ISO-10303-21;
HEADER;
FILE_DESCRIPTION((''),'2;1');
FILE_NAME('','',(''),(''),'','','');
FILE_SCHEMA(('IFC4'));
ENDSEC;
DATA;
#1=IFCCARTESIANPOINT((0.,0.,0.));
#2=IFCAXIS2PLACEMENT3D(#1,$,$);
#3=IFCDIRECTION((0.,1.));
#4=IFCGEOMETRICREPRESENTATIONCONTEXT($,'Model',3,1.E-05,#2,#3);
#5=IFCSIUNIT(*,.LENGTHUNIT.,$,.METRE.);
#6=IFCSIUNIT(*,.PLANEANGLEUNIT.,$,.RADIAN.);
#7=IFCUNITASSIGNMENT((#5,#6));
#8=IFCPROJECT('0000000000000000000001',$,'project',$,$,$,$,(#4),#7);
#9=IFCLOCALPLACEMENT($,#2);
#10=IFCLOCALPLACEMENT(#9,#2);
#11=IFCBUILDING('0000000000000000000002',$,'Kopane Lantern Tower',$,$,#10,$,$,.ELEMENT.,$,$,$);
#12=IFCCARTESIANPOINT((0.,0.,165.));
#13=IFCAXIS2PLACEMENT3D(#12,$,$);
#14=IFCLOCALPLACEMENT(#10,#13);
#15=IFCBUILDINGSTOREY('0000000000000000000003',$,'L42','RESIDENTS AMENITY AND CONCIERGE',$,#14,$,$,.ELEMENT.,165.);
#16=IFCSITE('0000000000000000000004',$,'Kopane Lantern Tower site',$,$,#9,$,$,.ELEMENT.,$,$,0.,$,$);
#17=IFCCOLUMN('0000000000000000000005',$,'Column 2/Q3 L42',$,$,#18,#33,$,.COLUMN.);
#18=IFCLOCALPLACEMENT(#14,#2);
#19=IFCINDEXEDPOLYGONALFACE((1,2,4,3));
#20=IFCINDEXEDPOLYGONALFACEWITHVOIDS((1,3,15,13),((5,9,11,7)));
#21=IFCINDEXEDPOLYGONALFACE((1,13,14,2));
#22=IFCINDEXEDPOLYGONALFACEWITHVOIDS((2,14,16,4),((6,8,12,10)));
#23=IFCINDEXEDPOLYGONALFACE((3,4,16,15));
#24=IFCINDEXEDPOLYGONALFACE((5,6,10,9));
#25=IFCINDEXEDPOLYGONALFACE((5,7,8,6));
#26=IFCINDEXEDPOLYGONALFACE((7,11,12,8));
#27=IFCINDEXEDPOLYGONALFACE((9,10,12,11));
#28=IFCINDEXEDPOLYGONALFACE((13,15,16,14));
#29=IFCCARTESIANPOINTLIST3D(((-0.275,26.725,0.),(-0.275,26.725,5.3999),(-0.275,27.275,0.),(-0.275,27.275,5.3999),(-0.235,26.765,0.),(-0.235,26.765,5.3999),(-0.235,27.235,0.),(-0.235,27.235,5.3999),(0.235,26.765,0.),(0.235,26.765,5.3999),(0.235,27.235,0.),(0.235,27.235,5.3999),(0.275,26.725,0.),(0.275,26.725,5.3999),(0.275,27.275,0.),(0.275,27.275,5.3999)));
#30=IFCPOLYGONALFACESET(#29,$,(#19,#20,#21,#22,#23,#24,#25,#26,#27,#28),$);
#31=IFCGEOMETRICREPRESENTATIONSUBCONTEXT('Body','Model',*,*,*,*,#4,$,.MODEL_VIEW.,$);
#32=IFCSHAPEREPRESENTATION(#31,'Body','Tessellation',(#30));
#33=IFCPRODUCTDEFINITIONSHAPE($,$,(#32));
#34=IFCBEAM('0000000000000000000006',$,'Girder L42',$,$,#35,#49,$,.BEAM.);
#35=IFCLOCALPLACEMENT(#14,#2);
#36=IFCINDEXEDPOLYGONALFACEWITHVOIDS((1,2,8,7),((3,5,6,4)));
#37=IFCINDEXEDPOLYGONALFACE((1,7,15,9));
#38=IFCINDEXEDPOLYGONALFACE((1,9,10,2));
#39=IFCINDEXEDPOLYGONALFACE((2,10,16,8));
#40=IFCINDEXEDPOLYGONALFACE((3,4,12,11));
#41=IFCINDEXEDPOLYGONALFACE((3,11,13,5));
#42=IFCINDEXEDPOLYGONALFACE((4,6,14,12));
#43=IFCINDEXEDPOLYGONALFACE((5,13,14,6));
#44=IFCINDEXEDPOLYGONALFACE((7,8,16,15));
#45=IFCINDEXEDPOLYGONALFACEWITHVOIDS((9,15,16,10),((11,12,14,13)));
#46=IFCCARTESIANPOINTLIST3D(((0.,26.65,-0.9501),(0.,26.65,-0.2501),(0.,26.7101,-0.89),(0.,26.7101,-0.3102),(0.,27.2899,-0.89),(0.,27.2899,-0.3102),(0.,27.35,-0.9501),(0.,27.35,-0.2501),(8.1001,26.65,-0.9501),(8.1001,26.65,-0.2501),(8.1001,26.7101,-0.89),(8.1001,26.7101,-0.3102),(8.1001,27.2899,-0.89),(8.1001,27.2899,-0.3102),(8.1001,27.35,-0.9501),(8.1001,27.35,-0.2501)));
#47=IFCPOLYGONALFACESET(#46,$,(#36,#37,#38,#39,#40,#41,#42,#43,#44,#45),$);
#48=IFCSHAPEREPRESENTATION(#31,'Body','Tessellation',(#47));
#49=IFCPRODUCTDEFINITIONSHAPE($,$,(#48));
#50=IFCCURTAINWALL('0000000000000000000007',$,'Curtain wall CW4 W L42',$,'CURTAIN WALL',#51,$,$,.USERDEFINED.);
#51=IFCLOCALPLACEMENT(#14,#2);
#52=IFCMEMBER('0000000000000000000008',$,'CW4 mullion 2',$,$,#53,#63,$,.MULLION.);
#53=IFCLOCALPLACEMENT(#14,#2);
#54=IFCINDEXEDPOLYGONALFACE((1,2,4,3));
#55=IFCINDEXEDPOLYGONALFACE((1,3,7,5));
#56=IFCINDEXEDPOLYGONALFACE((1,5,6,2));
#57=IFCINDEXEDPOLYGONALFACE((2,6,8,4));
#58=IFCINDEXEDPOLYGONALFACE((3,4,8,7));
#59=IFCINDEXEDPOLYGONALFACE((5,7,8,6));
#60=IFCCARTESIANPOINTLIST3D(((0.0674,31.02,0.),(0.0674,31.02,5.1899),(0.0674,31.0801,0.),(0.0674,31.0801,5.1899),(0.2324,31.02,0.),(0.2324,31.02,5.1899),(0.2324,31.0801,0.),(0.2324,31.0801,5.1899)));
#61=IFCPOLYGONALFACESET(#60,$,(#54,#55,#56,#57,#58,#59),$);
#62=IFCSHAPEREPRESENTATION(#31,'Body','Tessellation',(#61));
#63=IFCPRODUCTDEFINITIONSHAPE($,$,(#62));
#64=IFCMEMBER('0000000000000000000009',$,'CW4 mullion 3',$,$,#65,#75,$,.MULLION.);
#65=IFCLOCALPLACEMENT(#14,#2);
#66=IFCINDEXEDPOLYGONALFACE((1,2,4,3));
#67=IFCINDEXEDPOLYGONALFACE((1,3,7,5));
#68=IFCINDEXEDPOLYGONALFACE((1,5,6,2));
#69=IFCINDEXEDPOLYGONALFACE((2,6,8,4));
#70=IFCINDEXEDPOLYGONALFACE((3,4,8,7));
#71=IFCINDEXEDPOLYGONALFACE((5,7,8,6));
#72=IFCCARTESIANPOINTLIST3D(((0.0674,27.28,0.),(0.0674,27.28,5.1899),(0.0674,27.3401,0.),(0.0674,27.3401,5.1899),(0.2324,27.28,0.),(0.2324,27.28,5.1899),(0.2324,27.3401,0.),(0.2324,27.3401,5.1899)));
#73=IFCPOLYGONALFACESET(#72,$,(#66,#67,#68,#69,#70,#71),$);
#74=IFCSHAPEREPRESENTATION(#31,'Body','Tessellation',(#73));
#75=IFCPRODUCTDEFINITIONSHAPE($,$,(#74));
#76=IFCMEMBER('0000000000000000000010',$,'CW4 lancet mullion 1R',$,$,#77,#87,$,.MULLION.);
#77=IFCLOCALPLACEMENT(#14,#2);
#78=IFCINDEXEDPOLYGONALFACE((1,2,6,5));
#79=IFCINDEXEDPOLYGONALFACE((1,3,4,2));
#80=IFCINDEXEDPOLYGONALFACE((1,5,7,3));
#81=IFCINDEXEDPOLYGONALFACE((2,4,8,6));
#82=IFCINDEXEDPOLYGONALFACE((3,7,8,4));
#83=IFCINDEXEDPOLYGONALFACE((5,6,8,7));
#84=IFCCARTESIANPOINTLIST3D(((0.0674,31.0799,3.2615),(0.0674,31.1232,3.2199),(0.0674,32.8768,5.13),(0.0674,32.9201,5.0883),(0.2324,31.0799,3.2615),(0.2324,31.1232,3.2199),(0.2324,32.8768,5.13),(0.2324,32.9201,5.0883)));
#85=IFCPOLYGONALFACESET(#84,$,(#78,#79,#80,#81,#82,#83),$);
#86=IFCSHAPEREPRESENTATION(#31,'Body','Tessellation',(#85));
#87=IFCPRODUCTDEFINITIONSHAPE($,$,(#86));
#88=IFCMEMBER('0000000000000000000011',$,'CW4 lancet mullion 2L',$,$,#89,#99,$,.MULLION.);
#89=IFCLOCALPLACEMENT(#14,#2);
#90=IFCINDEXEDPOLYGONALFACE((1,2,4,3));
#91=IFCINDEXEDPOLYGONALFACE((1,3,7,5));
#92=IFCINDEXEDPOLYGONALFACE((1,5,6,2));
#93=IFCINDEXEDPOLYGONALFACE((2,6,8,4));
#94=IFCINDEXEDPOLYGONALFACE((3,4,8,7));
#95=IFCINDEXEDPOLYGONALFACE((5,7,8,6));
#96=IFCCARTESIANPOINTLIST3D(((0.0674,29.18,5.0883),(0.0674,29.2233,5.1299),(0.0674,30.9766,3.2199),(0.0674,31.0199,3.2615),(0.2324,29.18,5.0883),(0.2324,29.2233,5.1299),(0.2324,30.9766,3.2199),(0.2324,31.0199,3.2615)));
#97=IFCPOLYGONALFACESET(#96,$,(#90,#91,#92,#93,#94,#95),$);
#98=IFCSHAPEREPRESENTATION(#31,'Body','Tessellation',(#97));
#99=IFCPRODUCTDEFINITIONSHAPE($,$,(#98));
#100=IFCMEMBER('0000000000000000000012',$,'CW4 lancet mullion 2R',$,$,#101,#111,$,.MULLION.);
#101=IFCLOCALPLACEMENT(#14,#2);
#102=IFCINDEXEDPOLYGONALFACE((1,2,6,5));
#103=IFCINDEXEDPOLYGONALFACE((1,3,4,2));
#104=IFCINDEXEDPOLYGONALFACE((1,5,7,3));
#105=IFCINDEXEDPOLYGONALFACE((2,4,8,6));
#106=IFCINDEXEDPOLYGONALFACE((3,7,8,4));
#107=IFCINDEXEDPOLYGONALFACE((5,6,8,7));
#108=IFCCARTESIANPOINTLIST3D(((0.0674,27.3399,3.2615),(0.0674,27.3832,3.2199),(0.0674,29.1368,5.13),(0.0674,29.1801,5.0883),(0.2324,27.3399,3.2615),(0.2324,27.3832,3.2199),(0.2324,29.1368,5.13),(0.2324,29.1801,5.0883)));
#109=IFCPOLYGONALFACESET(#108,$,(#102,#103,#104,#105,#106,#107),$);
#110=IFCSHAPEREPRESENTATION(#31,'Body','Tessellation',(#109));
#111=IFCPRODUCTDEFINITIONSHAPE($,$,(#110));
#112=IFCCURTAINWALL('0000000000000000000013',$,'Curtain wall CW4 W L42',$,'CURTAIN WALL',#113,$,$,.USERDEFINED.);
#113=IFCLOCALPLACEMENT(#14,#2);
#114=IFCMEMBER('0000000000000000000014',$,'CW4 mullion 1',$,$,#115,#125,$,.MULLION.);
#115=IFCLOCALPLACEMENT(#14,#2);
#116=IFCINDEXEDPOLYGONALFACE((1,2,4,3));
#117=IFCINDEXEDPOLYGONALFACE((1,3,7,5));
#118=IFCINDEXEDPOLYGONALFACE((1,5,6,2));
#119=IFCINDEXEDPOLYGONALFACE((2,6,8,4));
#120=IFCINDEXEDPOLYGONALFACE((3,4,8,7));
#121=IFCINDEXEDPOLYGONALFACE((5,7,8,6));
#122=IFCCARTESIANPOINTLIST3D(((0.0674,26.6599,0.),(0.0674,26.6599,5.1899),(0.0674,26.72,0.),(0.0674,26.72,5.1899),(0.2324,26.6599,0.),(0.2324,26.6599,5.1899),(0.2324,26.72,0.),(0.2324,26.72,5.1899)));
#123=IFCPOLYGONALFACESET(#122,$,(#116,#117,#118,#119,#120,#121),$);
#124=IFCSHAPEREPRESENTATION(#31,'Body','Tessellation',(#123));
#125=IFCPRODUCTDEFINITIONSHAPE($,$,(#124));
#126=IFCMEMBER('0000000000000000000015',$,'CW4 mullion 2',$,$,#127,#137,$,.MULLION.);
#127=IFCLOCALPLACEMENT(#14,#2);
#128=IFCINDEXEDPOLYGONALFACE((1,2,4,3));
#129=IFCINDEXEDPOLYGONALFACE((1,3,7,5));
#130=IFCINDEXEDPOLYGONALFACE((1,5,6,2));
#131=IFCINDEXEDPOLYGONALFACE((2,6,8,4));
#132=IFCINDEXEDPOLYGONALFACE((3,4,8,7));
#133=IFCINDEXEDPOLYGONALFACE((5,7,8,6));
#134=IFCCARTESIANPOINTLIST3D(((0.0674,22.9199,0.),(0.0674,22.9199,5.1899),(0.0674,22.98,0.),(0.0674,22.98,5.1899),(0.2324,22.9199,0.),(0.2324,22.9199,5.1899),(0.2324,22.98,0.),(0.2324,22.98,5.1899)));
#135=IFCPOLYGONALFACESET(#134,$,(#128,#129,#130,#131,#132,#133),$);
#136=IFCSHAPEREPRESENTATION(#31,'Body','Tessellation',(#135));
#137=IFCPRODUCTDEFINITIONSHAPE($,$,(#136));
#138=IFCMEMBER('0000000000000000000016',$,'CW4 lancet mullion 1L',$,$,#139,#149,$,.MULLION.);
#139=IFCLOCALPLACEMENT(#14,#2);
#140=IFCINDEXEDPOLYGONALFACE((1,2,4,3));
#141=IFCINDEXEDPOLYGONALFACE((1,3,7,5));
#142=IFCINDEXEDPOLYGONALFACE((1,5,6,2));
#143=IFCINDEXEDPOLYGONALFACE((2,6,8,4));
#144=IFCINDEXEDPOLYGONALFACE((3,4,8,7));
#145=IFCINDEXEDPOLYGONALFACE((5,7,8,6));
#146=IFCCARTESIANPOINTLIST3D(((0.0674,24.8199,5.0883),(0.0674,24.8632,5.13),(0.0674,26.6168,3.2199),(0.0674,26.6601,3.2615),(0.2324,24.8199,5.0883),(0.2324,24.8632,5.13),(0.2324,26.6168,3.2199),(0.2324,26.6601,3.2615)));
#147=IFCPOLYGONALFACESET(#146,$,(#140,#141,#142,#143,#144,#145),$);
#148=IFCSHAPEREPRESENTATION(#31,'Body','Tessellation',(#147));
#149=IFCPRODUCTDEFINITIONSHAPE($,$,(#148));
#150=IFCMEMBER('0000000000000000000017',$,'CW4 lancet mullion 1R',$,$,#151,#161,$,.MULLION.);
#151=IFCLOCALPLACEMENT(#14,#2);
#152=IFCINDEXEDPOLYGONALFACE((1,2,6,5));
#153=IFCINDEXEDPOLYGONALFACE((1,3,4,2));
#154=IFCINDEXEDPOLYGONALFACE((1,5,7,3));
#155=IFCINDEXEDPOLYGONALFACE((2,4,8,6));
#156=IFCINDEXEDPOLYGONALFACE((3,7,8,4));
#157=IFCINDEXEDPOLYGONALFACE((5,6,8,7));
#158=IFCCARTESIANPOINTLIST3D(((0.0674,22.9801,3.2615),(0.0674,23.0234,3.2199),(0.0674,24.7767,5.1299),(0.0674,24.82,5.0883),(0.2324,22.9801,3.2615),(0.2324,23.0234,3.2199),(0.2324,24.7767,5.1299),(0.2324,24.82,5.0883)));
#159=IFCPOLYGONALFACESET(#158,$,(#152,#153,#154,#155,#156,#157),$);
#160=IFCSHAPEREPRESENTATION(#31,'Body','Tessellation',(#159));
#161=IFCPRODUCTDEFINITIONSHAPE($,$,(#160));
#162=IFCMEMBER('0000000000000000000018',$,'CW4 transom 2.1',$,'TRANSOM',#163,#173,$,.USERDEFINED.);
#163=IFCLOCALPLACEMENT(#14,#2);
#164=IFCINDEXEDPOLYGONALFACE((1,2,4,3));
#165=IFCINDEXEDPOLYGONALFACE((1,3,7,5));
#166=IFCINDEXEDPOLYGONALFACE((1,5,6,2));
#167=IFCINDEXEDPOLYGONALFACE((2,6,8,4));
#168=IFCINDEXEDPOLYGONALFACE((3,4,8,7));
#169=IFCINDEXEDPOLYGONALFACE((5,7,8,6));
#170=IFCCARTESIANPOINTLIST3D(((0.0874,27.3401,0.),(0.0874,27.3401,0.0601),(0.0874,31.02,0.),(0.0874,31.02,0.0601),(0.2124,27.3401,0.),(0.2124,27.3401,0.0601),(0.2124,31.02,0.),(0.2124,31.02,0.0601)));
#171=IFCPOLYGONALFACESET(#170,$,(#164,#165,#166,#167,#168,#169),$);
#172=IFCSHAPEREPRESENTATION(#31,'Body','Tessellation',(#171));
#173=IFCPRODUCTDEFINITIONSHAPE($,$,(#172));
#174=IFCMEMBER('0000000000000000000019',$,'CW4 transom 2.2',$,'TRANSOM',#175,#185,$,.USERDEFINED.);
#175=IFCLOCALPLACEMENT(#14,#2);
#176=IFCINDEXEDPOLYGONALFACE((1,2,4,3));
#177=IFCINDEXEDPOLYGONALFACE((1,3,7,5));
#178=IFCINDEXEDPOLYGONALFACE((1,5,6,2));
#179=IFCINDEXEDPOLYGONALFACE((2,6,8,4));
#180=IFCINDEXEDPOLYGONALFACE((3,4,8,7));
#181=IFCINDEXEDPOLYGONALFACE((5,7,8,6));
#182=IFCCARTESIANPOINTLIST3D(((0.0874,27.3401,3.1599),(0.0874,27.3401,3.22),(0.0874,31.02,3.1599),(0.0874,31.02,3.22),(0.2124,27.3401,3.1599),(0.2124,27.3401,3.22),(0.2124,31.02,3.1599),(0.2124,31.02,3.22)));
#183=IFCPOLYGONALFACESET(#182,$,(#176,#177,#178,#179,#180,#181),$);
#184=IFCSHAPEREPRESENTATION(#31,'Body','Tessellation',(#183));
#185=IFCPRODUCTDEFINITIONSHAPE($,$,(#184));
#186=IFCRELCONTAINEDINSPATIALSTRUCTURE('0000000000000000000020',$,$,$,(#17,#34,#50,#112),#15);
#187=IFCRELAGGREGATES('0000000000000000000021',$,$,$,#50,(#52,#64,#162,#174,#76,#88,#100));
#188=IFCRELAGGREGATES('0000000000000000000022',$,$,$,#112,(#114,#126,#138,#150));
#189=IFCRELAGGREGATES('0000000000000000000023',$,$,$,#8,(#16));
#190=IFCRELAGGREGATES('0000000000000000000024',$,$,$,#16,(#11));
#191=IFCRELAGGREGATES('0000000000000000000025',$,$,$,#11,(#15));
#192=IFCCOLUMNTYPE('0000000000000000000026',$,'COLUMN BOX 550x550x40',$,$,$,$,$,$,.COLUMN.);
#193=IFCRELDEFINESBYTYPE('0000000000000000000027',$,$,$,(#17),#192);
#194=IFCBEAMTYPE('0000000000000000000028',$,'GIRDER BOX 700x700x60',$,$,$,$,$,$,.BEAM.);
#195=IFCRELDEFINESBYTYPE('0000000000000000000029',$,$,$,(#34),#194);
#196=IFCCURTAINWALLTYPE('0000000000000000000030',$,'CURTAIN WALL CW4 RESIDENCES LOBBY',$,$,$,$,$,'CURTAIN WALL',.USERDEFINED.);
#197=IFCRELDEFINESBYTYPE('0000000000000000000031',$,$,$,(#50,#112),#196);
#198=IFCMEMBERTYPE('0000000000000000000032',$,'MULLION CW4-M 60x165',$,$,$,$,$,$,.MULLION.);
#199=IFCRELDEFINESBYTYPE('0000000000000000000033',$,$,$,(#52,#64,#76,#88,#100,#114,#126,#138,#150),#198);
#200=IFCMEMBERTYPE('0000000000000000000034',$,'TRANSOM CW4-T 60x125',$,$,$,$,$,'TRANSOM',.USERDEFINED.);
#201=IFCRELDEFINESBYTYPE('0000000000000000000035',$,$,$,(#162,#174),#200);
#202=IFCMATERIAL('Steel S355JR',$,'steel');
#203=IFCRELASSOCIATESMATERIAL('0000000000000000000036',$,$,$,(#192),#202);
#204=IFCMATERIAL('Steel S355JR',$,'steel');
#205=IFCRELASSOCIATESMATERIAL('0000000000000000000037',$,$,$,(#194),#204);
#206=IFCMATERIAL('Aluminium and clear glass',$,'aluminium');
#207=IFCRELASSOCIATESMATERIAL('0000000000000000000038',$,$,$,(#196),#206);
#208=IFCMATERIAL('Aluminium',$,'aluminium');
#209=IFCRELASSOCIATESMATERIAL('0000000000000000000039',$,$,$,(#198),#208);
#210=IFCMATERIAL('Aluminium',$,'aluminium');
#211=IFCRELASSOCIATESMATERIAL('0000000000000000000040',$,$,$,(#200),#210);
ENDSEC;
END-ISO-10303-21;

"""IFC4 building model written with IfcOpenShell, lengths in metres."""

from ifc_helpers import new_model, si_unit, direction, frame, origin, origin_2d, place, context, subcontext, project, spatial, rectangle, hollow_rectangle, extrude, material, material_profile, profile_set, type_object, element, aggregate, save


model = new_model("IFC4")

# Units and contexts
model_context = context("Model", 3, precision=1e-05, world=origin(), true_north=direction((0.0, 1.0)))
body_context = subcontext(model_context, "Body", "Model", "MODEL_VIEW")
ifc_project = project(units=[si_unit("LENGTHUNIT", "METRE"), si_unit("PLANEANGLEUNIT", "RADIAN")], contexts=[model_context])

# Site, building, storey
site_placement = place(None, origin())
site = spatial("IfcSite", under=ifc_project, at=site_placement, Name="Kopane Lantern Tower site", CompositionType="ELEMENT", RefElevation=0.0)
building_placement = place(site_placement, origin())
building = spatial("IfcBuilding", under=site, at=building_placement, Name="Kopane Lantern Tower", CompositionType="ELEMENT")
storey_placement = place(building_placement, frame((0.0, 0.0, 165.0)))
storey = spatial("IfcBuildingStorey", under=building, at=storey_placement, Name="L42", Description="RESIDENTS AMENITY AND CONCIERGE", CompositionType="ELEMENT", Elevation=165.0)

# Column
ifc_material_1 = material(Name="Steel S355JR", Category="steel")
ifc_material_profile_1 = material_profile(ifc_material_1, hollow_rectangle(XDim=0.55, YDim=0.55, WallThickness=0.04, at=origin_2d()), Name="BOX 550x550x40")
ifc_profile_set_1 = profile_set([ifc_material_profile_1], Name="Steel S355JR")
column_type = type_object("IfcColumnType", Name="COLUMN BOX 550x550x40", PredefinedType="COLUMN", material=ifc_profile_set_1)
column_placement = place(storey_placement, frame((0.0, 27.0, 0.0), z_axis=(0.0, 0.0, 1.0), x_axis=(1.0, 0.0, 0.0)))
element("IfcColumn", 1, at=column_placement, inside=storey, type_object=column_type, Name="Column 2/Q3 L42", PredefinedType="COLUMN", context=body_context, shape_type="SweptSolid", body=[
    extrude(hollow_rectangle(XDim=0.55, YDim=0.55, WallThickness=0.04, at=origin_2d()), origin(), (0.0, 0.0, 1.0), 5.3999),
])

# Beam
ifc_material_2 = material(Name="Steel S355JR", Category="steel")
ifc_material_profile_2 = material_profile(ifc_material_2, hollow_rectangle(XDim=0.7, YDim=0.7, WallThickness=0.0601, at=origin_2d()), Name="BOX 700x700x60")
ifc_profile_set_2 = profile_set([ifc_material_profile_2], Name="Steel S355JR")
beam_type = type_object("IfcBeamType", Name="GIRDER BOX 700x700x60", PredefinedType="BEAM", material=ifc_profile_set_2)
beam_placement = place(storey_placement, frame((0.0, 27.0, -0.6001), z_axis=(1.0, 0.0, 0.0), x_axis=(0.0, 1.0, 0.0)))
element("IfcBeam", 2, at=beam_placement, inside=storey, type_object=beam_type, Name="Girder L42", PredefinedType="BEAM", context=body_context, shape_type="SweptSolid", body=[
    extrude(hollow_rectangle(XDim=0.7, YDim=0.7, WallThickness=0.0601, at=origin_2d()), origin(), (0.0, 0.0, 1.0), 8.1001),
])

# Curtain walls, members
ifc_material_3 = material(Name="Aluminium and clear glass", Category="aluminium")
curtain_wall_type = type_object("IfcCurtainWallType", Name="CURTAIN WALL CW4 RESIDENCES LOBBY", ElementType="CURTAIN WALL", PredefinedType="USERDEFINED", material=ifc_material_3)
curtain_wall_1_placement = place(storey_placement, origin())
curtain_wall_1 = element("IfcCurtainWall", 3, at=curtain_wall_1_placement, inside=storey, type_object=curtain_wall_type, Name="Curtain wall CW4 W L42", ObjectType="CURTAIN WALL", PredefinedType="USERDEFINED")
ifc_material_4 = material(Name="Aluminium", Category="aluminium")
ifc_material_profile_3 = material_profile(ifc_material_4, rectangle(XDim=0.0601, YDim=0.165, at=origin_2d()), Name="AL 60x165")
ifc_profile_set_3 = profile_set([ifc_material_profile_3], Name="Aluminium")
member_type_1 = type_object("IfcMemberType", Name="MULLION CW4-M 60x165", PredefinedType="MULLION", material=ifc_profile_set_3)
member_1_placement = place(storey_placement, frame((0.1499, 31.05, 0.0), z_axis=(0.0, 0.0, 1.0), x_axis=(0.0, -1.0, 0.0)))
member_1 = element("IfcMember", 4, at=member_1_placement, type_object=member_type_1, Name="CW4 mullion 2", PredefinedType="MULLION", context=body_context, shape_type="SweptSolid", body=[
    extrude(rectangle(XDim=0.0601, YDim=0.165, at=origin_2d()), origin(), (0.0, 0.0, 1.0), 5.1899),
])
member_2_placement = place(storey_placement, frame((0.1499, 27.3101, 0.0), z_axis=(0.0, 0.0, 1.0), x_axis=(0.0, -1.0, 0.0)))
member_2 = element("IfcMember", 5, at=member_2_placement, type_object=member_type_1, Name="CW4 mullion 3", PredefinedType="MULLION", context=body_context, shape_type="SweptSolid", body=[
    extrude(rectangle(XDim=0.0601, YDim=0.165, at=origin_2d()), origin(), (0.0, 0.0, 1.0), 5.1899),
])
member_3_placement = place(storey_placement, frame((0.1499, 31.1016, 3.2407), z_axis=(0.0, 0.693175, 0.72077), x_axis=(0.0, -0.72077, 0.693175)))
member_3 = element("IfcMember", 6, at=member_3_placement, type_object=member_type_1, Name="CW4 lancet mullion 1R", PredefinedType="MULLION", context=body_context, shape_type="SweptSolid", body=[
    extrude(rectangle(XDim=0.0601, YDim=0.165, at=origin_2d()), origin(), (0.0, 0.0, 1.0), 2.5923),
])
member_4_placement = place(storey_placement, frame((0.1499, 30.9983, 3.2407), z_axis=(0.0, -0.693126, 0.720817), x_axis=(0.0, 0.720817, 0.693126)))
member_4 = element("IfcMember", 7, at=member_4_placement, type_object=member_type_1, Name="CW4 lancet mullion 2L", PredefinedType="MULLION", context=body_context, shape_type="SweptSolid", body=[
    extrude(rectangle(XDim=0.0601, YDim=0.165, at=origin_2d()), origin(), (0.0, 0.0, 1.0), 2.592),
])
member_5_placement = place(storey_placement, frame((0.1499, 27.3616, 3.2407), z_axis=(0.0, 0.693175, 0.72077), x_axis=(0.0, -0.72077, 0.693175)))
member_5 = element("IfcMember", 8, at=member_5_placement, type_object=member_type_1, Name="CW4 lancet mullion 2R", PredefinedType="MULLION", context=body_context, shape_type="SweptSolid", body=[
    extrude(rectangle(XDim=0.0601, YDim=0.165, at=origin_2d()), origin(), (0.0, 0.0, 1.0), 2.5923),
])
curtain_wall_2_placement = place(storey_placement, origin())
curtain_wall_2 = element("IfcCurtainWall", 9, at=curtain_wall_2_placement, inside=storey, type_object=curtain_wall_type, Name="Curtain wall CW4 W L42", ObjectType="CURTAIN WALL", PredefinedType="USERDEFINED")
member_6_placement = place(storey_placement, frame((0.1499, 26.6899, 0.0), z_axis=(0.0, 0.0, 1.0), x_axis=(0.0, -1.0, 0.0)))
member_6 = element("IfcMember", 10, at=member_6_placement, type_object=member_type_1, Name="CW4 mullion 1", PredefinedType="MULLION", context=body_context, shape_type="SweptSolid", body=[
    extrude(rectangle(XDim=0.0601, YDim=0.165, at=origin_2d()), origin(), (0.0, 0.0, 1.0), 5.1899),
])
member_7_placement = place(storey_placement, frame((0.1499, 22.95, 0.0), z_axis=(0.0, 0.0, 1.0), x_axis=(0.0, -1.0, 0.0)))
member_7 = element("IfcMember", 11, at=member_7_placement, type_object=member_type_1, Name="CW4 mullion 2", PredefinedType="MULLION", context=body_context, shape_type="SweptSolid", body=[
    extrude(rectangle(XDim=0.0601, YDim=0.165, at=origin_2d()), origin(), (0.0, 0.0, 1.0), 5.1899),
])
member_8_placement = place(storey_placement, frame((0.1499, 26.6384, 3.2407), z_axis=(0.0, -0.693175, 0.72077), x_axis=(0.0, 0.72077, 0.693175)))
member_8 = element("IfcMember", 12, at=member_8_placement, type_object=member_type_1, Name="CW4 lancet mullion 1L", PredefinedType="MULLION", context=body_context, shape_type="SweptSolid", body=[
    extrude(rectangle(XDim=0.0601, YDim=0.165, at=origin_2d()), origin(), (0.0, 0.0, 1.0), 2.5923),
])
member_9_placement = place(storey_placement, frame((0.1499, 23.0017, 3.2407), z_axis=(0.0, 0.693126, 0.720817), x_axis=(0.0, -0.720817, 0.693126)))
member_9 = element("IfcMember", 13, at=member_9_placement, type_object=member_type_1, Name="CW4 lancet mullion 1R", PredefinedType="MULLION", context=body_context, shape_type="SweptSolid", body=[
    extrude(rectangle(XDim=0.0601, YDim=0.165, at=origin_2d()), origin(), (0.0, 0.0, 1.0), 2.592),
])

# Members
ifc_material_5 = material(Name="Aluminium", Category="aluminium")
ifc_material_profile_4 = material_profile(ifc_material_5, rectangle(XDim=0.125, YDim=0.0601, at=origin_2d()), Name="AL 125x60")
ifc_profile_set_4 = profile_set([ifc_material_profile_4], Name="Aluminium")
member_type_2 = type_object("IfcMemberType", Name="TRANSOM CW4-T 60x125", ElementType="TRANSOM", PredefinedType="USERDEFINED", material=ifc_profile_set_4)
member_10_placement = place(storey_placement, frame((0.1499, 31.02, 0.03), z_axis=(0.0, -1.0, 0.0), x_axis=(1.0, 0.0, 0.0)))
member_10 = element("IfcMember", 14, at=member_10_placement, type_object=member_type_2, Name="CW4 transom 2.1", ObjectType="TRANSOM", PredefinedType="USERDEFINED", context=body_context, shape_type="SweptSolid", body=[
    extrude(rectangle(XDim=0.125, YDim=0.0601, at=origin_2d()), origin(), (0.0, 0.0, 1.0), 3.6799),
])
member_11_placement = place(storey_placement, frame((0.1499, 31.02, 3.1899), z_axis=(0.0, -1.0, 0.0), x_axis=(1.0, 0.0, 0.0)))
member_11 = element("IfcMember", 15, at=member_11_placement, type_object=member_type_2, Name="CW4 transom 2.2", ObjectType="TRANSOM", PredefinedType="USERDEFINED", context=body_context, shape_type="SweptSolid", body=[
    extrude(rectangle(XDim=0.125, YDim=0.0601, at=origin_2d()), origin(), (0.0, 0.0, 1.0), 3.6799),
])

aggregate(curtain_wall_1, [member_1, member_2, member_10, member_11, member_3, member_4, member_5])
aggregate(curtain_wall_2, [member_6, member_7, member_8, member_9])

save(model, "model.ifc")
